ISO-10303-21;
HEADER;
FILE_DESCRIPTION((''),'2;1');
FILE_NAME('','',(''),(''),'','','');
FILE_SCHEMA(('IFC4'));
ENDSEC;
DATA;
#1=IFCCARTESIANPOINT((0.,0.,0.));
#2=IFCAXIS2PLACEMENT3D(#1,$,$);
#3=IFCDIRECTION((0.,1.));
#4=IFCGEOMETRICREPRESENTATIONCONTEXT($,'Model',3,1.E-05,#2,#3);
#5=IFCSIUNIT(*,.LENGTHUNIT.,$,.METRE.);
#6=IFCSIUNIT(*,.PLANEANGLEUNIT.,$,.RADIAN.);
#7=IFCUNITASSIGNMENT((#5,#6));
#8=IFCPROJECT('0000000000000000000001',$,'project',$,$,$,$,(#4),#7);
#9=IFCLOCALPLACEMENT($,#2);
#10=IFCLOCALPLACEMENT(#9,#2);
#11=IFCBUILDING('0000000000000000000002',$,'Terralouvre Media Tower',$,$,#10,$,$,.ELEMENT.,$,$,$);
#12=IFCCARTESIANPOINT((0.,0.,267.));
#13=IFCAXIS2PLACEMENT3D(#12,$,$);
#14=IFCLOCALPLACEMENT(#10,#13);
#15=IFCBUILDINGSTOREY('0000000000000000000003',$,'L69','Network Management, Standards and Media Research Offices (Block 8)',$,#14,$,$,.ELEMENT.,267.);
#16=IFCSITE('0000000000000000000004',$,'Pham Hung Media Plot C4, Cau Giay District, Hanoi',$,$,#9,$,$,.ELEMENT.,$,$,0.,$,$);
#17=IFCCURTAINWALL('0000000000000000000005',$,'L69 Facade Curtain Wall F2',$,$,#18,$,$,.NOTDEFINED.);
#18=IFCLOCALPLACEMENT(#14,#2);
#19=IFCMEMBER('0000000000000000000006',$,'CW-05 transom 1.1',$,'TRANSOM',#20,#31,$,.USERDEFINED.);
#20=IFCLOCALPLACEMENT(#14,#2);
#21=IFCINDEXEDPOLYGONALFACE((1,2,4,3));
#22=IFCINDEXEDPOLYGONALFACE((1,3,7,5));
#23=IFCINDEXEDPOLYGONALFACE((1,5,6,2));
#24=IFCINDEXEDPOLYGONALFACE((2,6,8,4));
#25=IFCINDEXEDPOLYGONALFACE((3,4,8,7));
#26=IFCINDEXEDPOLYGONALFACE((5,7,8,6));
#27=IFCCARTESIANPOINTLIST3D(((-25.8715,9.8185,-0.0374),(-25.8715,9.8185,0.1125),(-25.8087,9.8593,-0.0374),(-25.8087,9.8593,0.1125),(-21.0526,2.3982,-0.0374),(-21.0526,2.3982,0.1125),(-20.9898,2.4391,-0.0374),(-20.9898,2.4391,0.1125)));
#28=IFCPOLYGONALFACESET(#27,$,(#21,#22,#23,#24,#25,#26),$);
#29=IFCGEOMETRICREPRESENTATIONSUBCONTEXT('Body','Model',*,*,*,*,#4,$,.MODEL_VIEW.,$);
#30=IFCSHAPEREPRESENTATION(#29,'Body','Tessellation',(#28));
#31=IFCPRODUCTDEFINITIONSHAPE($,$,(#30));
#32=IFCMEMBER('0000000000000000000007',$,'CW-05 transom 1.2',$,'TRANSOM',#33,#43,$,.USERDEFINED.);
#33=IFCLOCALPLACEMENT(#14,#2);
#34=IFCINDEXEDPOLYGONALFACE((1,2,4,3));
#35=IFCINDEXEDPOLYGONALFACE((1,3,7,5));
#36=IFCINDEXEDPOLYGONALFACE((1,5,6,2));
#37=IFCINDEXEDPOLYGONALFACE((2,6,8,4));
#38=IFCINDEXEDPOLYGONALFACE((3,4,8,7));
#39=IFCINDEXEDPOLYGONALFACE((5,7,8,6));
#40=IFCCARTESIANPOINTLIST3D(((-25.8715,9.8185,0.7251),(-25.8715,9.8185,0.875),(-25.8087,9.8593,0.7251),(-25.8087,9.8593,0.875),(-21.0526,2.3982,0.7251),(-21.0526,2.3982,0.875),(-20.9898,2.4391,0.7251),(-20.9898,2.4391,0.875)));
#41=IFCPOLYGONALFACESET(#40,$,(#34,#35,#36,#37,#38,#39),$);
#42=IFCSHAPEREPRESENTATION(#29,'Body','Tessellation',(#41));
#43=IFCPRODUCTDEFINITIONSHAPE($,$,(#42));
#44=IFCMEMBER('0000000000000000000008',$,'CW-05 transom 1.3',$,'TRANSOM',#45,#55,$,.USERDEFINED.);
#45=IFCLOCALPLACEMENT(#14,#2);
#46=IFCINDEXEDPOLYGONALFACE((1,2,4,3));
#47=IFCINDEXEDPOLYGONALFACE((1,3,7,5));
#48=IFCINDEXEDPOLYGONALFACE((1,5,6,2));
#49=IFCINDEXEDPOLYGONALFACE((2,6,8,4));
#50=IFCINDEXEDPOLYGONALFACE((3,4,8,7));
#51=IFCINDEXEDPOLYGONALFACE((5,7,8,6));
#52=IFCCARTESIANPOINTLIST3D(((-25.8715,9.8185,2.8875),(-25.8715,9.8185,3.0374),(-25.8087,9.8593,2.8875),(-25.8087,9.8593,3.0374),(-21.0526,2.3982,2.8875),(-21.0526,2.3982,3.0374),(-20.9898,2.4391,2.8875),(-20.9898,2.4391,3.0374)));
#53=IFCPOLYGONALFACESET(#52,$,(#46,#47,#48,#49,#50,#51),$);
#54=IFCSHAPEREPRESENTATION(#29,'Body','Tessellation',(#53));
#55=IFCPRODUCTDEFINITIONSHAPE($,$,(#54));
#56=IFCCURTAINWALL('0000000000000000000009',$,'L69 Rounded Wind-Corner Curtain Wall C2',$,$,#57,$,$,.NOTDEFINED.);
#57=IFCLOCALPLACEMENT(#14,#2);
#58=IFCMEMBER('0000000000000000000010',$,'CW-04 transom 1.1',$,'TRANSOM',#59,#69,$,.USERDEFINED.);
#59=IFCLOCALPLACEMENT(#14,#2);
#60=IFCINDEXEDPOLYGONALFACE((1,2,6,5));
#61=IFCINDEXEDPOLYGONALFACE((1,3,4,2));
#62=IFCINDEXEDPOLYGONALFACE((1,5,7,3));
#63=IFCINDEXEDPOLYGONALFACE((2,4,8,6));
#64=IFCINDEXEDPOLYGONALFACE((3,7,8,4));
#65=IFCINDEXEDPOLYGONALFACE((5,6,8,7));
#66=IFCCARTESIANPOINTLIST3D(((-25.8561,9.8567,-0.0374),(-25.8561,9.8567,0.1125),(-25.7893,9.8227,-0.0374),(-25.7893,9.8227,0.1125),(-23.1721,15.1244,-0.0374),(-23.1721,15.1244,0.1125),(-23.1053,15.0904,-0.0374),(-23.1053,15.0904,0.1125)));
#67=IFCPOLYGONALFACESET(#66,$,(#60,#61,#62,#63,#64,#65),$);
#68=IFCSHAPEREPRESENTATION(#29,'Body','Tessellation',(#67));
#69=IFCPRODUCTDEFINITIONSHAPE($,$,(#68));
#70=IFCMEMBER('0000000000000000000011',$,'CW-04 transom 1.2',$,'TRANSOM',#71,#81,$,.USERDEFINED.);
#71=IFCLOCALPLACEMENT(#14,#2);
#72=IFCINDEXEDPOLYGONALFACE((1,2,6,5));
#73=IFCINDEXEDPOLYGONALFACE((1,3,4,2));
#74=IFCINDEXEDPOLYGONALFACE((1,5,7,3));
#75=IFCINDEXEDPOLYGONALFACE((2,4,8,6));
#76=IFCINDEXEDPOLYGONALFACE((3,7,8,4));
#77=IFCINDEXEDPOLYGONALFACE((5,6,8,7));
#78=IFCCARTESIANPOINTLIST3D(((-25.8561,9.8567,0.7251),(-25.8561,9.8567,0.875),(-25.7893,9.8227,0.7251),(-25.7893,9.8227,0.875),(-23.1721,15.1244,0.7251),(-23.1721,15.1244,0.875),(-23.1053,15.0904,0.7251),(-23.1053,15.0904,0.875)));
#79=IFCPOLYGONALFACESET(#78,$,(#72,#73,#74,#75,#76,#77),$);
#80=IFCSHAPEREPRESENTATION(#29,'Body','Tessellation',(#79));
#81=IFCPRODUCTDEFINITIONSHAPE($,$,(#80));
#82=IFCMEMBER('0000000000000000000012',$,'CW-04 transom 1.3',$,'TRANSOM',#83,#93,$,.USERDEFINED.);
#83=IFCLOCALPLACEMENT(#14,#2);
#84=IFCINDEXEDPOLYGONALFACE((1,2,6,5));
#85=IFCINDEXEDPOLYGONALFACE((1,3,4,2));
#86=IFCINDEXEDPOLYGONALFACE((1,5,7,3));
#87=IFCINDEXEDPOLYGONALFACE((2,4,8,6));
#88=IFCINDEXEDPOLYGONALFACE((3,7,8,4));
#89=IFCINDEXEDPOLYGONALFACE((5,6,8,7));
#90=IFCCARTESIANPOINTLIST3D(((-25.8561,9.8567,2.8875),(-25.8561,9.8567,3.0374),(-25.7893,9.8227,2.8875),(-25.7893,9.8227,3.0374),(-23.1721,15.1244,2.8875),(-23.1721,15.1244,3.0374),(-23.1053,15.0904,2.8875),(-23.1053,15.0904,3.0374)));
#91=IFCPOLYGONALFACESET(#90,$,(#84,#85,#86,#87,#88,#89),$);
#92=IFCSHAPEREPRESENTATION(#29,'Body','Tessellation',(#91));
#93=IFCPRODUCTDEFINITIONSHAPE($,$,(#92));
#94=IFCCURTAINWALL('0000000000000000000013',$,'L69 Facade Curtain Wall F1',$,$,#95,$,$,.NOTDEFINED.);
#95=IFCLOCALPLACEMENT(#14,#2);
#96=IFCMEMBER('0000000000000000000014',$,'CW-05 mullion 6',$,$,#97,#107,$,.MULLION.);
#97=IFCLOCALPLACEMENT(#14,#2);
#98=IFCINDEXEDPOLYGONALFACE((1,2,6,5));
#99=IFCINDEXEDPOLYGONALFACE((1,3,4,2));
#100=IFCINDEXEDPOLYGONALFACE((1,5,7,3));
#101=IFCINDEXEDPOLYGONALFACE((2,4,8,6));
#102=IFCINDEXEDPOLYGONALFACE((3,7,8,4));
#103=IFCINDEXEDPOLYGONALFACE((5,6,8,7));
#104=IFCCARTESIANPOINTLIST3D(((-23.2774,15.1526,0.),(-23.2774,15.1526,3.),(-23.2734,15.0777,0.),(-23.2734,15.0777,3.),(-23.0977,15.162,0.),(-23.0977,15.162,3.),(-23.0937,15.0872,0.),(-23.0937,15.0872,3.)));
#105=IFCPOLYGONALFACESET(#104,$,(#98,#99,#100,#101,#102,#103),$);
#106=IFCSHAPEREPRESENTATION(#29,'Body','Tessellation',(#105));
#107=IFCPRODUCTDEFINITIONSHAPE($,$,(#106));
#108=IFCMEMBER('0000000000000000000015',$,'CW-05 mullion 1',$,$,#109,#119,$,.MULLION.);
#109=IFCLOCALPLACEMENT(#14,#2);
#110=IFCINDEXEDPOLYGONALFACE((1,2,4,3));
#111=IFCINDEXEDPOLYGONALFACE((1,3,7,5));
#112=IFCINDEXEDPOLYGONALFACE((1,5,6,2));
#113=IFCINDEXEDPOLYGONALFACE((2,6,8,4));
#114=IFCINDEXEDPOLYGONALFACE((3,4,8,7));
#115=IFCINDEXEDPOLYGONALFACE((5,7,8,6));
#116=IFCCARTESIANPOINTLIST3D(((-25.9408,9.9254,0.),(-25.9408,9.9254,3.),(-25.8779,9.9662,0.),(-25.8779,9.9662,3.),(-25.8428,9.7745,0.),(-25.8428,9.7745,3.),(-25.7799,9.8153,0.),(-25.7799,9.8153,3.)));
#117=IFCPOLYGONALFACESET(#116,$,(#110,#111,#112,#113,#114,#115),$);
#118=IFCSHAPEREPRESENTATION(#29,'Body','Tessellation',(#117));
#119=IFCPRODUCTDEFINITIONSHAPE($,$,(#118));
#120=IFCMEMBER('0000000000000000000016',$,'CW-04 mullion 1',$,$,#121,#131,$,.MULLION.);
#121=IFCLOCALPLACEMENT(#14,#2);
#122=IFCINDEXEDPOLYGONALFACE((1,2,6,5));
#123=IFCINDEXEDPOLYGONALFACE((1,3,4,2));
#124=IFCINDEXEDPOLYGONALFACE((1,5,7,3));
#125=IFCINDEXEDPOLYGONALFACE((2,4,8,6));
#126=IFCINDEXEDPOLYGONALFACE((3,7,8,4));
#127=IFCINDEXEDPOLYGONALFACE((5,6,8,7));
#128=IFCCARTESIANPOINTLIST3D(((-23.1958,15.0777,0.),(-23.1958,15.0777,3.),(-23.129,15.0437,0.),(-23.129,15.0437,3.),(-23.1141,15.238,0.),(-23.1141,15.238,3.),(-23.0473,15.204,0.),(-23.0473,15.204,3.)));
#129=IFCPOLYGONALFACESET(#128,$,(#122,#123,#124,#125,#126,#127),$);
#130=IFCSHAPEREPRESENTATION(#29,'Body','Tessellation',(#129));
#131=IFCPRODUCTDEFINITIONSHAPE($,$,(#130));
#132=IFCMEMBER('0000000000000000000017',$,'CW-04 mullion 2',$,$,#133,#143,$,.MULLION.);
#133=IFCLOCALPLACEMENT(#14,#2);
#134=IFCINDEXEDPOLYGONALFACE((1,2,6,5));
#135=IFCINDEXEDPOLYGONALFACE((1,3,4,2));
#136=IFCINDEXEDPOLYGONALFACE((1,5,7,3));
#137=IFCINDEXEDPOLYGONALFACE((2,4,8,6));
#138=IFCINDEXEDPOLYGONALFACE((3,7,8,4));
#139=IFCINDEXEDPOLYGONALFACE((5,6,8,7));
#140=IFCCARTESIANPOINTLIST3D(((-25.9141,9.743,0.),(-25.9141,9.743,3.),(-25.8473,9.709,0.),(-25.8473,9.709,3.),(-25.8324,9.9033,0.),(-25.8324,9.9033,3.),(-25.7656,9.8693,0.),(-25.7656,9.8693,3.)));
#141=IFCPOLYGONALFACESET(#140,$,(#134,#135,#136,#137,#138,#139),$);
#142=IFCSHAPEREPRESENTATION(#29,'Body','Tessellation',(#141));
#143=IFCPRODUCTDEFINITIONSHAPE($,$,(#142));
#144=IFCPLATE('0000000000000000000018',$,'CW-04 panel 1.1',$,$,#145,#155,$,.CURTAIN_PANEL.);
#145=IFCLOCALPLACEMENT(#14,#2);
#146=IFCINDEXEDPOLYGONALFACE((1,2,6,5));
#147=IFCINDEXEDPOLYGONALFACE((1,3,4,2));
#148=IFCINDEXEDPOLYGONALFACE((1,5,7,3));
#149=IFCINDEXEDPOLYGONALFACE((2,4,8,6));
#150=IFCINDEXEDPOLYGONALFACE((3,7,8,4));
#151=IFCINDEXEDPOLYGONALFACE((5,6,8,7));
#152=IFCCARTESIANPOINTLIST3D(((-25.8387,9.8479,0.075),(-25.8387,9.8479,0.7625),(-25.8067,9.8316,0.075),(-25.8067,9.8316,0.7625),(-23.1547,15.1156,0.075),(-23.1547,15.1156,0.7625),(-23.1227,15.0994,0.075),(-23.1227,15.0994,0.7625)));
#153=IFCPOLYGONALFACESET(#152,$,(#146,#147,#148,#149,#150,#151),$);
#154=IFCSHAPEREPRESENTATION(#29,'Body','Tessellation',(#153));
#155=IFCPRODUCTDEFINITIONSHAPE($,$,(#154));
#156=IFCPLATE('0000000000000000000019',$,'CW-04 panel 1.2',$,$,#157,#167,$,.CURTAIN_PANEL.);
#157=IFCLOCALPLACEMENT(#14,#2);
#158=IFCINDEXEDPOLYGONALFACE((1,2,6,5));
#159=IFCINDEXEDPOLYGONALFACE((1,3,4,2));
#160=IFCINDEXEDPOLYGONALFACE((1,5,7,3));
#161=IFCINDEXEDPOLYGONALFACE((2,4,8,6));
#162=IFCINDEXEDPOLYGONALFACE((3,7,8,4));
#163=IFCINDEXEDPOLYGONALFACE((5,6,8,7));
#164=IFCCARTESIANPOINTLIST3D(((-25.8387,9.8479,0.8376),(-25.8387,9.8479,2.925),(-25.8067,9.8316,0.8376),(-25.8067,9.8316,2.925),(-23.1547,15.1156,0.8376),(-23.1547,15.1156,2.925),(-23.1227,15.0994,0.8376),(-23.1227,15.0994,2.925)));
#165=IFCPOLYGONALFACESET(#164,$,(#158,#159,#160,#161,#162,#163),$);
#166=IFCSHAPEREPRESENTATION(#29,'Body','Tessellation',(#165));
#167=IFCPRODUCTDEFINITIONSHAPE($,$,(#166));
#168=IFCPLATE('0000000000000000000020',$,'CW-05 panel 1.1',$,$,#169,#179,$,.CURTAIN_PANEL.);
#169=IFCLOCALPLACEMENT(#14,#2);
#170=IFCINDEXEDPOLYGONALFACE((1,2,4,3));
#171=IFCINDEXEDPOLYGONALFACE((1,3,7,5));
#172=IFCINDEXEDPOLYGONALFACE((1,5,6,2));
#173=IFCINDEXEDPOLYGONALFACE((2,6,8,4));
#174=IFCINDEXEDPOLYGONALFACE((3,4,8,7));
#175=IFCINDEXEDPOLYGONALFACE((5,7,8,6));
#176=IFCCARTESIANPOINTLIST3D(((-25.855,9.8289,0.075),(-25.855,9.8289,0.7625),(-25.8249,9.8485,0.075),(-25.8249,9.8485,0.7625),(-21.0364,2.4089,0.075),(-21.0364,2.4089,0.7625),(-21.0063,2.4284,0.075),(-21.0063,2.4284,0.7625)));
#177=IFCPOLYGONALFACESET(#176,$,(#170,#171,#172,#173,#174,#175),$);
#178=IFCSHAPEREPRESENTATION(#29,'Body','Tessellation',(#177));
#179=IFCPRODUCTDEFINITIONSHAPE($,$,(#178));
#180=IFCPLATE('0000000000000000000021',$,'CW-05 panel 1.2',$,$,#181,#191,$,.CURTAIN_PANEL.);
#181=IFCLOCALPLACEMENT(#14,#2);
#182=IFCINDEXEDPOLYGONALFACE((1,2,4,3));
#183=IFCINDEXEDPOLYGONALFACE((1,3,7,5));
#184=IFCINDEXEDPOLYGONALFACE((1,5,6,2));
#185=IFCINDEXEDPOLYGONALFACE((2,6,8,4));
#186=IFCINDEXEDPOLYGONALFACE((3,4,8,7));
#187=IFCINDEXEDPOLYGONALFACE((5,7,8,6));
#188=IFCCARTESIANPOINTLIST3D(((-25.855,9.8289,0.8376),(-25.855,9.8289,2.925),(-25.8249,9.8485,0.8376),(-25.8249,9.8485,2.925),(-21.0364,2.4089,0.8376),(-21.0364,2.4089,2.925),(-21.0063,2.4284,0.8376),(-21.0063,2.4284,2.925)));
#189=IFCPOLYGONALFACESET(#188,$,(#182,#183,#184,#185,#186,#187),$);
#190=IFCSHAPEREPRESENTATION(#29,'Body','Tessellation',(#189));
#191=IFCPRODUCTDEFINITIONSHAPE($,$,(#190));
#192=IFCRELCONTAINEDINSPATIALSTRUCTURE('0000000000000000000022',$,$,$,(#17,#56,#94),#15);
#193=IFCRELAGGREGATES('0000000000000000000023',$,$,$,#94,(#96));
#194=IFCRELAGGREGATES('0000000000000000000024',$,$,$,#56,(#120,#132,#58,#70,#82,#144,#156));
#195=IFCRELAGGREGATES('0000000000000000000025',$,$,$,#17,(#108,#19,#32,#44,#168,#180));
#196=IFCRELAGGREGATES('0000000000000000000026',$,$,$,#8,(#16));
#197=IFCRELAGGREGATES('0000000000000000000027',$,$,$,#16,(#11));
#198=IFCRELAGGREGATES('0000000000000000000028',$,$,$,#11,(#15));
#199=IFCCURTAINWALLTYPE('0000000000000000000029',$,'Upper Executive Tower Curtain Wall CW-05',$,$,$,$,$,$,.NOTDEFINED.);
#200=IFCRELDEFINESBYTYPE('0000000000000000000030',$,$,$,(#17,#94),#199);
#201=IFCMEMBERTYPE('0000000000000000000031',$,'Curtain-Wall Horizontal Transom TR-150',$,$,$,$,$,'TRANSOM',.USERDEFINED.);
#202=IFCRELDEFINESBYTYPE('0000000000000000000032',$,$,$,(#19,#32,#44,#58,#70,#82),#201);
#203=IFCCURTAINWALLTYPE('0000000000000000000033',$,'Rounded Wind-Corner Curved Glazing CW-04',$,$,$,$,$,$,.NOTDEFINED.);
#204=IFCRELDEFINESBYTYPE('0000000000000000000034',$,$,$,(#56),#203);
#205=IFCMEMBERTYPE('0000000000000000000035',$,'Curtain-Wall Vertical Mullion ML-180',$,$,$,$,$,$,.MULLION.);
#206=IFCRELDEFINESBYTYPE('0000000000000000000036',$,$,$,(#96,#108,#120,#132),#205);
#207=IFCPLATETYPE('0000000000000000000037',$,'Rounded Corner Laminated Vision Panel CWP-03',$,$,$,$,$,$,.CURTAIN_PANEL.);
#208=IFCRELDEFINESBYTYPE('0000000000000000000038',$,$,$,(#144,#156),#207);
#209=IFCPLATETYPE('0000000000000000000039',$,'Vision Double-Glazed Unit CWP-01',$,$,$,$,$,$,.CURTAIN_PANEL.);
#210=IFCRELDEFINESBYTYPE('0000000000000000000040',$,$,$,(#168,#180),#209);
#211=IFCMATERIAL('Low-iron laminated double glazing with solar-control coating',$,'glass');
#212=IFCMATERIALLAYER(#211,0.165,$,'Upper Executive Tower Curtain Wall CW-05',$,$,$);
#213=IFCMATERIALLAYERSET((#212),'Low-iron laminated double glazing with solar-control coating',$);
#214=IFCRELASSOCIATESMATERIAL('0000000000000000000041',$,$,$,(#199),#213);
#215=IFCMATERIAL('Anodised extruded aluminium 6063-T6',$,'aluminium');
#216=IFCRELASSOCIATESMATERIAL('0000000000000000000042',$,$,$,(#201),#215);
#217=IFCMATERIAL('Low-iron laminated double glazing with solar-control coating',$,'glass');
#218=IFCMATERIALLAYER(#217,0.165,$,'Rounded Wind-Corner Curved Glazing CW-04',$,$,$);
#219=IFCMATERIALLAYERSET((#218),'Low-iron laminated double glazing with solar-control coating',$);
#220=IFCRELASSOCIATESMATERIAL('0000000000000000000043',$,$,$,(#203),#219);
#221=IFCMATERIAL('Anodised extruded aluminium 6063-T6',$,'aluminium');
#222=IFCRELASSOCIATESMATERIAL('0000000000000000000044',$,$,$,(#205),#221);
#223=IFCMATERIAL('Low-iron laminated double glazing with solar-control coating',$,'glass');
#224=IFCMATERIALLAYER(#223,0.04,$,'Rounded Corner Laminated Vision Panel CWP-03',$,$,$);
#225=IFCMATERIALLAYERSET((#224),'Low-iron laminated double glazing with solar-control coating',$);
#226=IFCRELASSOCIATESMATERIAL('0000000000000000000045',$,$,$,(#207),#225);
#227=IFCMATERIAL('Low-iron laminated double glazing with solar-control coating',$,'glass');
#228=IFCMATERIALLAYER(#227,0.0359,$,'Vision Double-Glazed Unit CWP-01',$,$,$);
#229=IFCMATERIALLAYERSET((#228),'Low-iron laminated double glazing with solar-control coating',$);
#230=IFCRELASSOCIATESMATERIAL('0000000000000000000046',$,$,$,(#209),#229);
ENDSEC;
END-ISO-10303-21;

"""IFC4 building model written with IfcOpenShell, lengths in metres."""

from ifc_helpers import new_model, si_unit, direction, frame, origin, origin_2d, place, context, subcontext, project, spatial, rectangle, extrude, material, layer, layer_set, material_profile, profile_set, type_object, element, aggregate, save


model = new_model("IFC4")

# Units and contexts
model_context = context("Model", 3, precision=1e-05, world=origin(), true_north=direction((0.0, 1.0)))
body_context = subcontext(model_context, "Body", "Model", "MODEL_VIEW")
ifc_project = project(units=[si_unit("LENGTHUNIT", "METRE"), si_unit("PLANEANGLEUNIT", "RADIAN")], contexts=[model_context])

# Site, building, storey
site_placement = place(None, origin())
site = spatial("IfcSite", under=ifc_project, at=site_placement, Name="Pham Hung Media Plot C4, Cau Giay District, Hanoi", CompositionType="ELEMENT", RefElevation=0.0)
building_placement = place(site_placement, origin())
building = spatial("IfcBuilding", under=site, at=building_placement, Name="Terralouvre Media Tower", CompositionType="ELEMENT")
storey_placement = place(building_placement, frame((0.0, 0.0, 267.0)))
storey = spatial("IfcBuildingStorey", under=building, at=storey_placement, Name="L69", Description="Network Management, Standards and Media Research Offices (Block 8)", CompositionType="ELEMENT", Elevation=267.0)

# Curtain walls, members
ifc_material_1 = material(Name="Low-iron laminated double glazing with solar-control coating", Category="glass")
ifc_layer_1 = layer(ifc_material_1, 0.165, Name="Upper Executive Tower Curtain Wall CW-05")
ifc_layer_set_1 = layer_set([ifc_layer_1], Name="Low-iron laminated double glazing with solar-control coating")
curtain_wall_type_1 = type_object("IfcCurtainWallType", Name="Upper Executive Tower Curtain Wall CW-05", PredefinedType="NOTDEFINED", material=ifc_layer_set_1)
curtain_wall_1_placement = place(storey_placement, origin())
curtain_wall_1 = element("IfcCurtainWall", 1, at=curtain_wall_1_placement, inside=storey, type_object=curtain_wall_type_1, Name="L69 Facade Curtain Wall F2", PredefinedType="NOTDEFINED")
ifc_material_2 = material(Name="Anodised extruded aluminium 6063-T6", Category="aluminium")
ifc_material_profile_1 = material_profile(ifc_material_2, rectangle(XDim=0.075, YDim=0.1499, at=origin_2d()), Name="ALU 75x150")
ifc_profile_set_1 = profile_set([ifc_material_profile_1], Name="Anodised extruded aluminium 6063-T6")
member_type_1 = type_object("IfcMemberType", Name="Curtain-Wall Horizontal Transom TR-150", ElementType="TRANSOM", PredefinedType="USERDEFINED", material=ifc_profile_set_1)
member_1_placement = place(storey_placement, frame((-25.8401, 9.8389, 0.0376), z_axis=(0.54465, -0.838664, 0.0), x_axis=(0.838664, 0.54465, 0.0)))
member_1 = element("IfcMember", 2, at=member_1_placement, type_object=member_type_1, Name="CW-05 transom 1.1", ObjectType="TRANSOM", PredefinedType="USERDEFINED", context=body_context, shape_type="SweptSolid", body=[
    extrude(rectangle(XDim=0.075, YDim=0.1499, at=origin_2d()), origin(), (0.0, 0.0, 1.0), 8.8477),
])
member_2_placement = place(storey_placement, frame((-25.8401, 9.8389, 0.8), z_axis=(0.54465, -0.838664, 0.0), x_axis=(0.838664, 0.54465, 0.0)))
member_2 = element("IfcMember", 3, at=member_2_placement, type_object=member_type_1, Name="CW-05 transom 1.2", ObjectType="TRANSOM", PredefinedType="USERDEFINED", context=body_context, shape_type="SweptSolid", body=[
    extrude(rectangle(XDim=0.075, YDim=0.1499, at=origin_2d()), origin(), (0.0, 0.0, 1.0), 8.8477),
])
member_3_placement = place(storey_placement, frame((-25.8401, 9.8389, 2.9624), z_axis=(0.54465, -0.838664, 0.0), x_axis=(0.838664, 0.54465, 0.0)))
member_3 = element("IfcMember", 4, at=member_3_placement, type_object=member_type_1, Name="CW-05 transom 1.3", ObjectType="TRANSOM", PredefinedType="USERDEFINED", context=body_context, shape_type="SweptSolid", body=[
    extrude(rectangle(XDim=0.075, YDim=0.1499, at=origin_2d()), origin(), (0.0, 0.0, 1.0), 8.8477),
])
ifc_material_3 = material(Name="Low-iron laminated double glazing with solar-control coating", Category="glass")
ifc_layer_2 = layer(ifc_material_3, 0.165, Name="Rounded Wind-Corner Curved Glazing CW-04")
ifc_layer_set_2 = layer_set([ifc_layer_2], Name="Low-iron laminated double glazing with solar-control coating")
curtain_wall_type_2 = type_object("IfcCurtainWallType", Name="Rounded Wind-Corner Curved Glazing CW-04", PredefinedType="NOTDEFINED", material=ifc_layer_set_2)
curtain_wall_2_placement = place(storey_placement, origin())
curtain_wall_2 = element("IfcCurtainWall", 5, at=curtain_wall_2_placement, inside=storey, type_object=curtain_wall_type_2, Name="L69 Rounded Wind-Corner Curtain Wall C2", PredefinedType="NOTDEFINED")
member_4_placement = place(storey_placement, frame((-23.1387, 15.1074, 0.0376), z_axis=(-0.453989, -0.891007, 0.0), x_axis=(0.891007, -0.453989, 0.0)))
member_4 = element("IfcMember", 6, at=member_4_placement, type_object=member_type_1, Name="CW-04 transom 1.1", ObjectType="TRANSOM", PredefinedType="USERDEFINED", context=body_context, shape_type="SweptSolid", body=[
    extrude(rectangle(XDim=0.075, YDim=0.1499, at=origin_2d()), origin(), (0.0, 0.0, 1.0), 5.9121),
])
member_5_placement = place(storey_placement, frame((-23.1387, 15.1074, 0.8), z_axis=(-0.453989, -0.891007, 0.0), x_axis=(0.891007, -0.453989, 0.0)))
member_5 = element("IfcMember", 7, at=member_5_placement, type_object=member_type_1, Name="CW-04 transom 1.2", ObjectType="TRANSOM", PredefinedType="USERDEFINED", context=body_context, shape_type="SweptSolid", body=[
    extrude(rectangle(XDim=0.075, YDim=0.1499, at=origin_2d()), origin(), (0.0, 0.0, 1.0), 5.9121),
])
member_6_placement = place(storey_placement, frame((-23.1387, 15.1074, 2.9624), z_axis=(-0.453989, -0.891007, 0.0), x_axis=(0.891007, -0.453989, 0.0)))
member_6 = element("IfcMember", 8, at=member_6_placement, type_object=member_type_1, Name="CW-04 transom 1.3", ObjectType="TRANSOM", PredefinedType="USERDEFINED", context=body_context, shape_type="SweptSolid", body=[
    extrude(rectangle(XDim=0.075, YDim=0.1499, at=origin_2d()), origin(), (0.0, 0.0, 1.0), 5.9121),
])

# Curtain wall, member
curtain_wall_3_placement = place(storey_placement, origin())
curtain_wall_3 = element("IfcCurtainWall", 9, at=curtain_wall_3_placement, inside=storey, type_object=curtain_wall_type_1, Name="L69 Facade Curtain Wall F1", PredefinedType="NOTDEFINED")
ifc_material_4 = material(Name="Anodised extruded aluminium 6063-T6", Category="aluminium")
ifc_material_profile_2 = material_profile(ifc_material_4, rectangle(XDim=0.075, YDim=0.1799, at=origin_2d()), Name="ALU 75x180")
ifc_profile_set_2 = profile_set([ifc_material_profile_2], Name="Anodised extruded aluminium 6063-T6")
member_type_2 = type_object("IfcMemberType", Name="Curtain-Wall Vertical Mullion ML-180", PredefinedType="MULLION", material=ifc_profile_set_2)
member_7_placement = place(storey_placement, frame((-23.1855, 15.1199, 0.0), z_axis=(0.0, 0.0, 1.0), x_axis=(0.052336, -0.99863, 0.0)))
member_7 = element("IfcMember", 10, at=member_7_placement, type_object=member_type_2, Name="CW-05 mullion 6", PredefinedType="MULLION", context=body_context, shape_type="SweptSolid", body=[
    extrude(rectangle(XDim=0.075, YDim=0.1799, at=origin_2d()), origin(), (0.0, 0.0, 1.0), 3.0),
])
aggregate(curtain_wall_3, [member_7])

# Members
member_8_placement = place(storey_placement, frame((-25.8604, 9.8704, 0.0), z_axis=(0.0, 0.0, 1.0), x_axis=(0.838671, 0.544639, 0.0)))
member_8 = element("IfcMember", 11, at=member_8_placement, type_object=member_type_2, Name="CW-05 mullion 1", PredefinedType="MULLION", context=body_context, shape_type="SweptSolid", body=[
    extrude(rectangle(XDim=0.075, YDim=0.1799, at=origin_2d()), origin(), (0.0, 0.0, 1.0), 3.0),
])
member_9_placement = place(storey_placement, frame((-23.1216, 15.1409, 0.0), z_axis=(0.0, 0.0, 1.0), x_axis=(0.891007, -0.45399, 0.0)))
member_9 = element("IfcMember", 12, at=member_9_placement, type_object=member_type_2, Name="CW-04 mullion 1", PredefinedType="MULLION", context=body_context, shape_type="SweptSolid", body=[
    extrude(rectangle(XDim=0.075, YDim=0.1799, at=origin_2d()), origin(), (0.0, 0.0, 1.0), 3.0),
])
member_10_placement = place(storey_placement, frame((-25.8398, 9.8062, 0.0), z_axis=(0.0, 0.0, 1.0), x_axis=(0.891007, -0.45399, 0.0)))
member_10 = element("IfcMember", 13, at=member_10_placement, type_object=member_type_2, Name="CW-04 mullion 2", PredefinedType="MULLION", context=body_context, shape_type="SweptSolid", body=[
    extrude(rectangle(XDim=0.075, YDim=0.1799, at=origin_2d()), origin(), (0.0, 0.0, 1.0), 3.0),
])

# Plates
ifc_material_5 = material(Name="Low-iron laminated double glazing with solar-control coating", Category="glass")
ifc_layer_3 = layer(ifc_material_5, 0.04, Name="Rounded Corner Laminated Vision Panel CWP-03")
ifc_layer_set_3 = layer_set([ifc_layer_3], Name="Low-iron laminated double glazing with solar-control coating")
plate_type_1 = type_object("IfcPlateType", Name="Rounded Corner Laminated Vision Panel CWP-03", PredefinedType="CURTAIN_PANEL", material=ifc_layer_set_3)
plate_1_placement = place(storey_placement, frame((-24.4807, 12.4736, 0.075), z_axis=(0.0, 0.0, 1.0), x_axis=(-0.45399, -0.891007, 0.0)))
plate_1 = element("IfcPlate", 14, at=plate_1_placement, type_object=plate_type_1, Name="CW-04 panel 1.1", PredefinedType="CURTAIN_PANEL", context=body_context, shape_type="SweptSolid", body=[
    extrude(rectangle(XDim=5.9121, YDim=0.0359, at=origin_2d()), origin(), (0.0, 0.0, 1.0), 0.6875),
])
plate_2_placement = place(storey_placement, frame((-24.4807, 12.4736, 0.8376), z_axis=(0.0, 0.0, 1.0), x_axis=(-0.45399, -0.891007, 0.0)))
plate_2 = element("IfcPlate", 15, at=plate_2_placement, type_object=plate_type_1, Name="CW-04 panel 1.2", PredefinedType="CURTAIN_PANEL", context=body_context, shape_type="SweptSolid", body=[
    extrude(rectangle(XDim=5.9121, YDim=0.0359, at=origin_2d()), origin(), (0.0, 0.0, 1.0), 2.0874),
])
aggregate(curtain_wall_2, [member_9, member_10, member_4, member_5, member_6, plate_1, plate_2])
ifc_material_6 = material(Name="Low-iron laminated double glazing with solar-control coating", Category="glass")
ifc_layer_4 = layer(ifc_material_6, 0.0359, Name="Vision Double-Glazed Unit CWP-01")
ifc_layer_set_4 = layer_set([ifc_layer_4], Name="Low-iron laminated double glazing with solar-control coating")
plate_type_2 = type_object("IfcPlateType", Name="Vision Double-Glazed Unit CWP-01", PredefinedType="CURTAIN_PANEL", material=ifc_layer_set_4)
plate_3_placement = place(storey_placement, frame((-23.4307, 6.1287, 0.075), z_axis=(0.0, 0.0, 1.0), x_axis=(0.544639, -0.838671, 0.0)))
plate_3 = element("IfcPlate", 16, at=plate_3_placement, type_object=plate_type_2, Name="CW-05 panel 1.1", PredefinedType="CURTAIN_PANEL", context=body_context, shape_type="SweptSolid", body=[
    extrude(rectangle(XDim=8.8474, YDim=0.0359, at=origin_2d()), origin(), (0.0, 0.0, 1.0), 0.6875),
])
plate_4_placement = place(storey_placement, frame((-23.4307, 6.1287, 0.8376), z_axis=(0.0, 0.0, 1.0), x_axis=(0.544639, -0.838671, 0.0)))
plate_4 = element("IfcPlate", 17, at=plate_4_placement, type_object=plate_type_2, Name="CW-05 panel 1.2", PredefinedType="CURTAIN_PANEL", context=body_context, shape_type="SweptSolid", body=[
    extrude(rectangle(XDim=8.8474, YDim=0.0359, at=origin_2d()), origin(), (0.0, 0.0, 1.0), 2.0874),
])
aggregate(curtain_wall_1, [member_8, member_1, member_2, member_3, plate_3, plate_4])

save(model, "model.ifc")
